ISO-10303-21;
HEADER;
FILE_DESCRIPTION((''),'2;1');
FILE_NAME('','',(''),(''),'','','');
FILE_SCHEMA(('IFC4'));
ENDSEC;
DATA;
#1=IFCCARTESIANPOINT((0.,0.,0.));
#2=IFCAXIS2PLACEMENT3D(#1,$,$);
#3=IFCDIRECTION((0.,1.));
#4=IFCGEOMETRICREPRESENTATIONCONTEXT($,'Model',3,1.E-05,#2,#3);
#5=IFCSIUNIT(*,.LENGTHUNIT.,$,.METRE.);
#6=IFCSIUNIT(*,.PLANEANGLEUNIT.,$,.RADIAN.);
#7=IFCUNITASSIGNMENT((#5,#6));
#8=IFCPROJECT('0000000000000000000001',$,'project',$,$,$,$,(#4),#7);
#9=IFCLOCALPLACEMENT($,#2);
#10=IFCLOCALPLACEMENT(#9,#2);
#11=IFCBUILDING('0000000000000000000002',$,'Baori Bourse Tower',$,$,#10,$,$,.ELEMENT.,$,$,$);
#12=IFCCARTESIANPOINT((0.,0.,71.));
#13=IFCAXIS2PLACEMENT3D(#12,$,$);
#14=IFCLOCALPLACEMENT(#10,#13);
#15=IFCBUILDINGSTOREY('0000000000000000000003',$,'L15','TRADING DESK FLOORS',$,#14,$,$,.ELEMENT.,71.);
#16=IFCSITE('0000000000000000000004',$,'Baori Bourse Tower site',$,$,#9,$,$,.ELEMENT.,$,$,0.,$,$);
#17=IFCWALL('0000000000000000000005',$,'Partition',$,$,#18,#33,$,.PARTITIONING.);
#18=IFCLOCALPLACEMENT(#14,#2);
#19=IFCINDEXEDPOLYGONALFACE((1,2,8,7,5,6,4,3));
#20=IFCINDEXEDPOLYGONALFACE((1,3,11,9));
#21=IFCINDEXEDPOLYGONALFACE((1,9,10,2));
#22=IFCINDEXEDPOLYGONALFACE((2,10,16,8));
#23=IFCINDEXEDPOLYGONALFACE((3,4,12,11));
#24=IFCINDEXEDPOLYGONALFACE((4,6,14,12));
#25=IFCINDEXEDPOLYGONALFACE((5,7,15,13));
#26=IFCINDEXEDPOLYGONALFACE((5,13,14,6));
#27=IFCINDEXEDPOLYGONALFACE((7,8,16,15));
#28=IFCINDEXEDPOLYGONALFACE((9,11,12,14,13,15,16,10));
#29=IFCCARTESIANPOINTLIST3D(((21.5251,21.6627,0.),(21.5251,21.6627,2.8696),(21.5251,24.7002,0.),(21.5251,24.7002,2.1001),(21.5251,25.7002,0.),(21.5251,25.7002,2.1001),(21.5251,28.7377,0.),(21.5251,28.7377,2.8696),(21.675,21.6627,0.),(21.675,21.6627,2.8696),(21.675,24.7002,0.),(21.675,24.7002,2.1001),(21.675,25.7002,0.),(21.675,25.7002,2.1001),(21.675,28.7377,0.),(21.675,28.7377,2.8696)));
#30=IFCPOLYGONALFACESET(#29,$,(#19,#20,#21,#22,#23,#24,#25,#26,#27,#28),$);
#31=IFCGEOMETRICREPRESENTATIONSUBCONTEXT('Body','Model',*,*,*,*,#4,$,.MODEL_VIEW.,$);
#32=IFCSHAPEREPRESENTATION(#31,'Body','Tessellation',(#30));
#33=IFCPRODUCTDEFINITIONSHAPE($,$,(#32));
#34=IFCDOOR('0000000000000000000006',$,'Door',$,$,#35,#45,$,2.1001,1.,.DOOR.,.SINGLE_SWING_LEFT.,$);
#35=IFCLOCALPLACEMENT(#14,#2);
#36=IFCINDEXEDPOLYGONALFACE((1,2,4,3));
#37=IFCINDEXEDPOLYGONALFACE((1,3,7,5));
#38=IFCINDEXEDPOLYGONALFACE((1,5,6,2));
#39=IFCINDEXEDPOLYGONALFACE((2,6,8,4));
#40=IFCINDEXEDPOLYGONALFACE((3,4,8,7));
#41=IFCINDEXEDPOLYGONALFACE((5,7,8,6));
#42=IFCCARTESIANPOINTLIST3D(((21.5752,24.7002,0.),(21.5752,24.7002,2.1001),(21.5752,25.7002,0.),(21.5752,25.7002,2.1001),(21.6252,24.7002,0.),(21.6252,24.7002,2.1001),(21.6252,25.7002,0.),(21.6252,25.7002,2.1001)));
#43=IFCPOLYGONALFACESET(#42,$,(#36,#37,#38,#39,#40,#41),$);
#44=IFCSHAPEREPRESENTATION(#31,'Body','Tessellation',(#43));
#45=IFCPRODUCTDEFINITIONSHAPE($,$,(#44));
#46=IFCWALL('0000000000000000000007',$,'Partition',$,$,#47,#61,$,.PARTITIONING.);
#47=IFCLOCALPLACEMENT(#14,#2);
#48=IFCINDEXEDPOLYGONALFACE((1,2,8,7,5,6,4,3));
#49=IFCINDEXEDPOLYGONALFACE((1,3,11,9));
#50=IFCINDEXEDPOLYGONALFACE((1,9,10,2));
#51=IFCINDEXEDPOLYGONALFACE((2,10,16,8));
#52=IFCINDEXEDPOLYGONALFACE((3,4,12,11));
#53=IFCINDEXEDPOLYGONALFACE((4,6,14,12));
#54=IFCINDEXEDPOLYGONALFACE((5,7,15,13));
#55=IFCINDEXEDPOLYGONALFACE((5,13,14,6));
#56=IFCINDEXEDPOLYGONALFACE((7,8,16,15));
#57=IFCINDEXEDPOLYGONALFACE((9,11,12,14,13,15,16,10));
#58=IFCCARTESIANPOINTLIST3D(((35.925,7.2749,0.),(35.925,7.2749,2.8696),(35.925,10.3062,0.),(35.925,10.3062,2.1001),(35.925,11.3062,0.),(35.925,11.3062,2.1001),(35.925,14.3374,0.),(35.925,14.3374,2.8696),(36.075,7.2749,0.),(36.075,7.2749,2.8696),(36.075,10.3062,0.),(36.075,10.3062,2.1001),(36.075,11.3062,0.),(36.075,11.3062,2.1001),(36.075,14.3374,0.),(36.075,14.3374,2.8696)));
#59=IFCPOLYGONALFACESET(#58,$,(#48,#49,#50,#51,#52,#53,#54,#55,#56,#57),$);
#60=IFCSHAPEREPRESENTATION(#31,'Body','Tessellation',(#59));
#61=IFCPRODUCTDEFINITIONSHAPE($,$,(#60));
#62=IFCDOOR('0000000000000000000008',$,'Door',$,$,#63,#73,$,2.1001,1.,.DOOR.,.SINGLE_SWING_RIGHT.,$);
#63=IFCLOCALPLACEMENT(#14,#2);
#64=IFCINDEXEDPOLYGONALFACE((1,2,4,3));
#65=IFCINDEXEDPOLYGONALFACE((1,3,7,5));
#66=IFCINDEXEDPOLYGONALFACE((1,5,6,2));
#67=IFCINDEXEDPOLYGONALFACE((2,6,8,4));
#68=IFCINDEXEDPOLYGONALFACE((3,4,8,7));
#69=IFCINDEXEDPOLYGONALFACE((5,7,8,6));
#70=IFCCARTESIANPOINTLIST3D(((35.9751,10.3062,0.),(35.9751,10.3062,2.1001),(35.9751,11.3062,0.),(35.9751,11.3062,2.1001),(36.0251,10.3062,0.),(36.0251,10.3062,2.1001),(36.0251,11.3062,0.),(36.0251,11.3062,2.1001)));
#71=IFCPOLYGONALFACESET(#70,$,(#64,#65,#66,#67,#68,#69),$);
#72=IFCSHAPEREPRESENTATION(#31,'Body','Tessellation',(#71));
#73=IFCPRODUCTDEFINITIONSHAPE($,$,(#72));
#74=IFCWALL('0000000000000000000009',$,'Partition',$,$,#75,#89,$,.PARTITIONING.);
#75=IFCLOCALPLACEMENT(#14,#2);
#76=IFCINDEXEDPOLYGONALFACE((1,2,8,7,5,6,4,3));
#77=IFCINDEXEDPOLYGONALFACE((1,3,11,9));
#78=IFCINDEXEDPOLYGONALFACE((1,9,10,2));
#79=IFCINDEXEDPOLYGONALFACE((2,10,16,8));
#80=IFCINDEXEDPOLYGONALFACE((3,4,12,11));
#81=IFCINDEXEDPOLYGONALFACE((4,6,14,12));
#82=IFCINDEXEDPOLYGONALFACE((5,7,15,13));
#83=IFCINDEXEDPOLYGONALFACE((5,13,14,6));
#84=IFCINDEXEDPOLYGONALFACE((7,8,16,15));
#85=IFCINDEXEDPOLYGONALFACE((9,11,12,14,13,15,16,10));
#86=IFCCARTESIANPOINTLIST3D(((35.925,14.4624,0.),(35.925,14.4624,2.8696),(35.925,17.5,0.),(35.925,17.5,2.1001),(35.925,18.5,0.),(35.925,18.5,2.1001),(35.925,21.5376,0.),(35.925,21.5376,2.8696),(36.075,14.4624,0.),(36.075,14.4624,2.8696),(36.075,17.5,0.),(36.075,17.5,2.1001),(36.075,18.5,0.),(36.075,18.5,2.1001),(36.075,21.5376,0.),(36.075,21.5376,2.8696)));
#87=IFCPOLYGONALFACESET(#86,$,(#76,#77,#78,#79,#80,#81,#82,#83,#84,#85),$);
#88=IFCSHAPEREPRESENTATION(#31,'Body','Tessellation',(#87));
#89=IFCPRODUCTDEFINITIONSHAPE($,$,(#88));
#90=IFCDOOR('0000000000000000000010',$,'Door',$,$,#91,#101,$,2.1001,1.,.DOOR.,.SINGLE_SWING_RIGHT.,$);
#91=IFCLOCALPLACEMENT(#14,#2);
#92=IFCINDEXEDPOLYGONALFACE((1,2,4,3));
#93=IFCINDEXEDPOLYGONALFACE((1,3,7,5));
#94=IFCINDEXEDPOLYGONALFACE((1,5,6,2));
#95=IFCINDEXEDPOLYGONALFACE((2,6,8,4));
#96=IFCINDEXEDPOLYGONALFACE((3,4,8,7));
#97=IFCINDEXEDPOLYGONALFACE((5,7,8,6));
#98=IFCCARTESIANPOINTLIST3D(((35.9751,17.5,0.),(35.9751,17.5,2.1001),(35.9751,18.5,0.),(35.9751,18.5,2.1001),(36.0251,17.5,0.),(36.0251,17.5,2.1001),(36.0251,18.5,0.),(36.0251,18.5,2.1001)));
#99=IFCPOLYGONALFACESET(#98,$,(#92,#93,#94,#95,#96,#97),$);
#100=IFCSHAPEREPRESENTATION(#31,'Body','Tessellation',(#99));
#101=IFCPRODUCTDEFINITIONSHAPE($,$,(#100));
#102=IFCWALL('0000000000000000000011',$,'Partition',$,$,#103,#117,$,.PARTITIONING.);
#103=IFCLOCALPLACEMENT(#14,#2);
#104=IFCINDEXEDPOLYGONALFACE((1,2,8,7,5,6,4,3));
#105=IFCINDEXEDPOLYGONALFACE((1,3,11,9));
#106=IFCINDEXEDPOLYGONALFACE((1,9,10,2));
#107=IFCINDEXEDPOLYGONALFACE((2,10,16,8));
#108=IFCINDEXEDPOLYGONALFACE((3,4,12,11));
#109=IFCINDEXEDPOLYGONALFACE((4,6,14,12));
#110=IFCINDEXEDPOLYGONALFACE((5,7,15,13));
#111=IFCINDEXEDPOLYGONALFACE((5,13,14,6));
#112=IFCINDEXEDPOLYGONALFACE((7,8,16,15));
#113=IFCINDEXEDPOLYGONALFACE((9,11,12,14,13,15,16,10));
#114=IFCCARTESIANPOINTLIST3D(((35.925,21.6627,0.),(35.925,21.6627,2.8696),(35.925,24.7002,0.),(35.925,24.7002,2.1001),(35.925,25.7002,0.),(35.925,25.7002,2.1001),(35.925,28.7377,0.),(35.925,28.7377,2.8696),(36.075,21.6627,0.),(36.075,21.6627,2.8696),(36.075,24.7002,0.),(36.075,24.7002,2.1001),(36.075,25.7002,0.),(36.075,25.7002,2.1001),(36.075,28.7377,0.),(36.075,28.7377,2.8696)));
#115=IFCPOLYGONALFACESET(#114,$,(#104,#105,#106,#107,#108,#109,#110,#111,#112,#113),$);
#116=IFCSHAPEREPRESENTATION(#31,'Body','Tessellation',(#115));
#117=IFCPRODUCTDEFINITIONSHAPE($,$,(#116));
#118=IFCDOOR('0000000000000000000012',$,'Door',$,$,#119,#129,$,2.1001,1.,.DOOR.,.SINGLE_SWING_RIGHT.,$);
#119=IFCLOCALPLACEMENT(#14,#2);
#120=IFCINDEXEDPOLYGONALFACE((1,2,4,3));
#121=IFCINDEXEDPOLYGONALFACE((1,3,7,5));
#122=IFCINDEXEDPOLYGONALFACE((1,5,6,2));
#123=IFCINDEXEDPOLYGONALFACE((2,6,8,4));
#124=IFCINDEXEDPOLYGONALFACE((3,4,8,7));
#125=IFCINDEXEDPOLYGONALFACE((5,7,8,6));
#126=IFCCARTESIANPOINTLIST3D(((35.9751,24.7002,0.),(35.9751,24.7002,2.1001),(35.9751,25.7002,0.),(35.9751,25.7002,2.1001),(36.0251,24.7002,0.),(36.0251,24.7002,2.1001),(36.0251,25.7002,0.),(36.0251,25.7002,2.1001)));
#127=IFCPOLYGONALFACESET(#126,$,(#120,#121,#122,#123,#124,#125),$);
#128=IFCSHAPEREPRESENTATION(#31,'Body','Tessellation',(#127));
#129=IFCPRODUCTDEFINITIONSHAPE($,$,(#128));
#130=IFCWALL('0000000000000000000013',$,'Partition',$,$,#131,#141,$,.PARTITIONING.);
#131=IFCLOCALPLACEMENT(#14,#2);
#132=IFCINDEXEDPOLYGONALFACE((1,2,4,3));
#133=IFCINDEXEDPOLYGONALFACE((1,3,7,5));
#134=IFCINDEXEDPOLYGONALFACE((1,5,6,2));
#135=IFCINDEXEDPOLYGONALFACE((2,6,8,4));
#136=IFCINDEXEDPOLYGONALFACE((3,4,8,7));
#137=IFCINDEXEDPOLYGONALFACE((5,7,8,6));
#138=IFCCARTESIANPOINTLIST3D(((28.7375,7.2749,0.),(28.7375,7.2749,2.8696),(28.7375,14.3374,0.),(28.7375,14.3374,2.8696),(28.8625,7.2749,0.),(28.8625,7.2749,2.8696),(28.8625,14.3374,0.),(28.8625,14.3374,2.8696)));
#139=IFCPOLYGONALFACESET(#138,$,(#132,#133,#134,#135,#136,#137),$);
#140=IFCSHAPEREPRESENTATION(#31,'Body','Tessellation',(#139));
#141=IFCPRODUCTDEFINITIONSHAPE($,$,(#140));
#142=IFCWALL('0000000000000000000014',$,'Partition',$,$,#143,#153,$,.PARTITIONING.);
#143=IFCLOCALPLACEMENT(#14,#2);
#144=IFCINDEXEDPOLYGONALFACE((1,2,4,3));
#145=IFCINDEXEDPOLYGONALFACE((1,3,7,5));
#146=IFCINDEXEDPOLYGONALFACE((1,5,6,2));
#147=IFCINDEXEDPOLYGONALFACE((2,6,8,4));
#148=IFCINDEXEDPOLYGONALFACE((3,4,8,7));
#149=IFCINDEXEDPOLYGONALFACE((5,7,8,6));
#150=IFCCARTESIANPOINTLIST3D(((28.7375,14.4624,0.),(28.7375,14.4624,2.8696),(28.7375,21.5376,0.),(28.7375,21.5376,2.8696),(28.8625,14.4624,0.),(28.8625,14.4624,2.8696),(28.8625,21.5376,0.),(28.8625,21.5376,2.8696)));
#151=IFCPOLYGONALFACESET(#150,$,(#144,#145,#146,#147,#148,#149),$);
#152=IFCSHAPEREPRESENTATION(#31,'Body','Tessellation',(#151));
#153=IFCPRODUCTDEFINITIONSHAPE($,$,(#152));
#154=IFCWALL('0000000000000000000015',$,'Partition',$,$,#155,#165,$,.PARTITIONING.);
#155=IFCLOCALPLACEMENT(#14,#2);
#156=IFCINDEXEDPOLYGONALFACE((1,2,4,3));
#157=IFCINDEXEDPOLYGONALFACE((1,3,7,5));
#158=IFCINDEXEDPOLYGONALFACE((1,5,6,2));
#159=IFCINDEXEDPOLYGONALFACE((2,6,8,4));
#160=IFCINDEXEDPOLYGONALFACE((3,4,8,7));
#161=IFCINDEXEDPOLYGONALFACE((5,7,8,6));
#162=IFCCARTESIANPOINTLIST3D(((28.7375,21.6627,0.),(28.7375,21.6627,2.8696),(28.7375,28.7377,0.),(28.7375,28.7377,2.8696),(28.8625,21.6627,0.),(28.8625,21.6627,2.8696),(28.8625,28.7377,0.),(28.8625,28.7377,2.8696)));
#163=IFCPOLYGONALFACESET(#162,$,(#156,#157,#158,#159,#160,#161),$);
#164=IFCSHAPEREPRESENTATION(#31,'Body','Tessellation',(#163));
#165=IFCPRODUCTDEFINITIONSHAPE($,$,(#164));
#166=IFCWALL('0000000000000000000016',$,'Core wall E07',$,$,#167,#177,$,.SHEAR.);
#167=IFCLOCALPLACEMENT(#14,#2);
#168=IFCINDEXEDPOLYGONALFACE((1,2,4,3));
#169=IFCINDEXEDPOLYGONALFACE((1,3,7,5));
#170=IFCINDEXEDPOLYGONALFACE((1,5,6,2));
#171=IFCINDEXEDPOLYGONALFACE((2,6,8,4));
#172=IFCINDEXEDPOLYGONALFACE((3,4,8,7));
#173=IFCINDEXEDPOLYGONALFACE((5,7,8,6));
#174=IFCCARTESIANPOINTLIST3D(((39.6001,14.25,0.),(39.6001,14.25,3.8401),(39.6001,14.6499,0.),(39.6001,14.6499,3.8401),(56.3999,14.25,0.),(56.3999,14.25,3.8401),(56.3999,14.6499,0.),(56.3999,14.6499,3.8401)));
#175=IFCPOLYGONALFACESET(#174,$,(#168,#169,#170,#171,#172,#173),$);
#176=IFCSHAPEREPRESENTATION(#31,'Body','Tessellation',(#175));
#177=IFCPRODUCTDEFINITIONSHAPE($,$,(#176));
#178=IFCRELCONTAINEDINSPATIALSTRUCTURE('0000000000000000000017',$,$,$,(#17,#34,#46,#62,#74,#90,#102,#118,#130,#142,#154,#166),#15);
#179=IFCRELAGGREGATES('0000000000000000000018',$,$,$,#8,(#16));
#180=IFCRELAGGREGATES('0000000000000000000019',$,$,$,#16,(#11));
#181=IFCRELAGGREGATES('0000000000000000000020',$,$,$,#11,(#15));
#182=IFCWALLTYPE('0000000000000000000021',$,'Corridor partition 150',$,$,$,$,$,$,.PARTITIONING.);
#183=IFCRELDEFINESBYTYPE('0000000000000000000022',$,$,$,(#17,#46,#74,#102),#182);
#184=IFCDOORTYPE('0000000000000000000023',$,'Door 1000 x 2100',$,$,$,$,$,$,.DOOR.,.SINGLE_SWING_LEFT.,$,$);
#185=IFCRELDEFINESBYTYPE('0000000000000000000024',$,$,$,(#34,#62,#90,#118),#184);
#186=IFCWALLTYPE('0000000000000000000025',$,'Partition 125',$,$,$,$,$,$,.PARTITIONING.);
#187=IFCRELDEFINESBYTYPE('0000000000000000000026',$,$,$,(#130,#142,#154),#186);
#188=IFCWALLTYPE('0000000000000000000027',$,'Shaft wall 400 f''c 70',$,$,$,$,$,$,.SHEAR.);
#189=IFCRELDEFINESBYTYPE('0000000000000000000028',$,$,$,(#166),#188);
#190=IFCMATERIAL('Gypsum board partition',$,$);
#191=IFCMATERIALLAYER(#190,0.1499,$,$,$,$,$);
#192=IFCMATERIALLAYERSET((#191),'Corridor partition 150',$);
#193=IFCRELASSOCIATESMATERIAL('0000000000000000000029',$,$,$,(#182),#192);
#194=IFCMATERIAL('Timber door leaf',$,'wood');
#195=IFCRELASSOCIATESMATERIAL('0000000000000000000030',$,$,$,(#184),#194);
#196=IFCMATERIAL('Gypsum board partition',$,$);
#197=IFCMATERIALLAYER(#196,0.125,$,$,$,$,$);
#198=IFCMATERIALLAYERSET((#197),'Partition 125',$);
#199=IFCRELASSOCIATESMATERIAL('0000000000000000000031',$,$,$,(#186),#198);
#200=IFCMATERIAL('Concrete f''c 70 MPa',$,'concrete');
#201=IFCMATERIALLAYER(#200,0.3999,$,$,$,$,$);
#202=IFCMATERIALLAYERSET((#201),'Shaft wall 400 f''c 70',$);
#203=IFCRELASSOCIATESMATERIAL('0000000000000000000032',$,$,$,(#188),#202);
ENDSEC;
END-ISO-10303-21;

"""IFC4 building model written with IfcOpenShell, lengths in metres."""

from ifc_helpers import new_model, si_unit, direction, frame, frame_2d, origin, place, context, subcontext, project, spatial, rectangle, extrude, material, layer, layer_set, type_object, element, fill, save


model = new_model("IFC4")

# Units and contexts
model_context = context("Model", 3, precision=1e-05, world=origin(), true_north=direction((0.0, 1.0)))
body_context = subcontext(model_context, "Body", "Model", "MODEL_VIEW")
ifc_project = project(units=[si_unit("LENGTHUNIT", "METRE"), si_unit("PLANEANGLEUNIT", "RADIAN")], contexts=[model_context])

# Site, building, storey
site_placement = place(None, origin())
site = spatial("IfcSite", under=ifc_project, at=site_placement, Name="Baori Bourse Tower site", CompositionType="ELEMENT", RefElevation=0.0)
building_placement = place(site_placement, origin())
building = spatial("IfcBuilding", under=site, at=building_placement, Name="Baori Bourse Tower", CompositionType="ELEMENT")
storey_placement = place(building_placement, frame((0.0, 0.0, 71.0)))
storey = spatial("IfcBuildingStorey", under=building, at=storey_placement, Name="L15", Description="TRADING DESK FLOORS", CompositionType="ELEMENT", Elevation=71.0)

# Walls, openings, doors
ifc_material_1 = material(Name="Gypsum board partition")
ifc_layer_1 = layer(ifc_material_1, 0.1499)
ifc_layer_set_1 = layer_set([ifc_layer_1], Name="Corridor partition 150")
wall_type_1 = type_object("IfcWallType", Name="Corridor partition 150", PredefinedType="PARTITIONING", material=ifc_layer_set_1)
ifc_material_2 = material(Name="Timber door leaf", Category="wood")
door_type_1 = type_object("IfcDoorType", Name="Door 1000 x 2100", OperationType="SINGLE_SWING_LEFT", PredefinedType="DOOR", material=ifc_material_2)
wall_1_placement = place(storey_placement, frame((21.6001, 21.6626, 0.0), z_axis=(0.0, 0.0, 1.0), x_axis=(0.0, 1.0, 0.0)))
wall_1 = element("IfcWall", 1, at=wall_1_placement, inside=storey, type_object=wall_type_1, Name="Partition", PredefinedType="PARTITIONING", context=body_context, shape_type="SweptSolid", body=[
    extrude(rectangle(XDim=7.075, YDim=0.1499, at=frame_2d((3.5376, 0.0))), origin(), (0.0, 0.0, 1.0), 2.8696),
])
opening_1_placement = place(wall_1_placement, frame((3.0376, 0.0, 0.0)))
opening_1 = element("IfcOpeningElement", 2, at=opening_1_placement, cuts=wall_1, PredefinedType="OPENING", context=body_context, shape_type="SweptSolid", body=[
    extrude(rectangle(XDim=1.0, YDim=2.1001, at=frame_2d((0.5, 1.05))), frame((0.0, 0.085, 0.0), z_axis=(0.0, -1.0, 0.0), x_axis=(1.0, 0.0, 0.0)), (0.0, 0.0, 1.0), 0.1699),
])
door_1_placement = place(opening_1_placement, origin())
door_1 = element("IfcDoor", 3, at=door_1_placement, inside=storey, type_object=door_type_1, Name="Door", OperationType="SINGLE_SWING_LEFT", OverallHeight=2.1001, OverallWidth=1.0, PredefinedType="DOOR", context=body_context, shape_type="SweptSolid", body=[
    extrude(rectangle(XDim=1.0, YDim=2.1001, at=frame_2d((0.5, 1.05))), frame((0.0, 0.0249, 0.0), z_axis=(0.0, -1.0, 0.0), x_axis=(1.0, 0.0, 0.0)), (0.0, 0.0, 1.0), 0.05),
])
fill(opening_1, door_1)
wall_2_placement = place(storey_placement, frame((36.0, 7.2749, 0.0), z_axis=(0.0, 0.0, 1.0), x_axis=(0.0, 1.0, 0.0)))
wall_2 = element("IfcWall", 4, at=wall_2_placement, inside=storey, type_object=wall_type_1, Name="Partition", PredefinedType="PARTITIONING", context=body_context, shape_type="SweptSolid", body=[
    extrude(rectangle(XDim=7.0625, YDim=0.1499, at=frame_2d((3.5312, 0.0))), origin(), (0.0, 0.0, 1.0), 2.8696),
])
opening_2_placement = place(wall_2_placement, frame((3.0312, 0.0, 0.0)))
opening_2 = element("IfcOpeningElement", 5, at=opening_2_placement, cuts=wall_2, PredefinedType="OPENING", context=body_context, shape_type="SweptSolid", body=[
    extrude(rectangle(XDim=1.0, YDim=2.1001, at=frame_2d((0.5, 1.05))), frame((0.0, 0.085, 0.0), z_axis=(0.0, -1.0, 0.0), x_axis=(1.0, 0.0, 0.0)), (0.0, 0.0, 1.0), 0.1699),
])
door_2_placement = place(opening_2_placement, origin())
door_2 = element("IfcDoor", 6, at=door_2_placement, inside=storey, type_object=door_type_1, Name="Door", OperationType="SINGLE_SWING_RIGHT", OverallHeight=2.1001, OverallWidth=1.0, PredefinedType="DOOR", context=body_context, shape_type="SweptSolid", body=[
    extrude(rectangle(XDim=1.0, YDim=2.1001, at=frame_2d((0.5, 1.05))), frame((0.0, 0.0249, 0.0), z_axis=(0.0, -1.0, 0.0), x_axis=(1.0, 0.0, 0.0)), (0.0, 0.0, 1.0), 0.05),
])
fill(opening_2, door_2)
wall_3_placement = place(storey_placement, frame((36.0, 14.4624, 0.0), z_axis=(0.0, 0.0, 1.0), x_axis=(0.0, 1.0, 0.0)))
wall_3 = element("IfcWall", 7, at=wall_3_placement, inside=storey, type_object=wall_type_1, Name="Partition", PredefinedType="PARTITIONING", context=body_context, shape_type="SweptSolid", body=[
    extrude(rectangle(XDim=7.0752, YDim=0.1499, at=frame_2d((3.5376, 0.0))), origin(), (0.0, 0.0, 1.0), 2.8696),
])
opening_3_placement = place(wall_3_placement, frame((3.0376, 0.0, 0.0)))
opening_3 = element("IfcOpeningElement", 8, at=opening_3_placement, cuts=wall_3, PredefinedType="OPENING", context=body_context, shape_type="SweptSolid", body=[
    extrude(rectangle(XDim=1.0, YDim=2.1001, at=frame_2d((0.5, 1.05))), frame((0.0, 0.085, 0.0), z_axis=(0.0, -1.0, 0.0), x_axis=(1.0, 0.0, 0.0)), (0.0, 0.0, 1.0), 0.1699),
])
door_3_placement = place(opening_3_placement, origin())
door_3 = element("IfcDoor", 9, at=door_3_placement, inside=storey, type_object=door_type_1, Name="Door", OperationType="SINGLE_SWING_RIGHT", OverallHeight=2.1001, OverallWidth=1.0, PredefinedType="DOOR", context=body_context, shape_type="SweptSolid", body=[
    extrude(rectangle(XDim=1.0, YDim=2.1001, at=frame_2d((0.5, 1.05))), frame((0.0, 0.0249, 0.0), z_axis=(0.0, -1.0, 0.0), x_axis=(1.0, 0.0, 0.0)), (0.0, 0.0, 1.0), 0.05),
])
fill(opening_3, door_3)
wall_4_placement = place(storey_placement, frame((36.0, 21.6626, 0.0), z_axis=(0.0, 0.0, 1.0), x_axis=(0.0, 1.0, 0.0)))
wall_4 = element("IfcWall", 10, at=wall_4_placement, inside=storey, type_object=wall_type_1, Name="Partition", PredefinedType="PARTITIONING", context=body_context, shape_type="SweptSolid", body=[
    extrude(rectangle(XDim=7.075, YDim=0.1499, at=frame_2d((3.5376, 0.0))), origin(), (0.0, 0.0, 1.0), 2.8696),
])
opening_4_placement = place(wall_4_placement, frame((3.0376, 0.0, 0.0)))
opening_4 = element("IfcOpeningElement", 11, at=opening_4_placement, cuts=wall_4, PredefinedType="OPENING", context=body_context, shape_type="SweptSolid", body=[
    extrude(rectangle(XDim=1.0, YDim=2.1001, at=frame_2d((0.5, 1.05))), frame((0.0, 0.085, 0.0), z_axis=(0.0, -1.0, 0.0), x_axis=(1.0, 0.0, 0.0)), (0.0, 0.0, 1.0), 0.1699),
])
door_4_placement = place(opening_4_placement, origin())
door_4 = element("IfcDoor", 12, at=door_4_placement, inside=storey, type_object=door_type_1, Name="Door", OperationType="SINGLE_SWING_RIGHT", OverallHeight=2.1001, OverallWidth=1.0, PredefinedType="DOOR", context=body_context, shape_type="SweptSolid", body=[
    extrude(rectangle(XDim=1.0, YDim=2.1001, at=frame_2d((0.5, 1.05))), frame((0.0, 0.0249, 0.0), z_axis=(0.0, -1.0, 0.0), x_axis=(1.0, 0.0, 0.0)), (0.0, 0.0, 1.0), 0.05),
])
fill(opening_4, door_4)

# Walls
ifc_material_3 = material(Name="Gypsum board partition")
ifc_layer_2 = layer(ifc_material_3, 0.125)
ifc_layer_set_2 = layer_set([ifc_layer_2], Name="Partition 125")
wall_type_2 = type_object("IfcWallType", Name="Partition 125", PredefinedType="PARTITIONING", material=ifc_layer_set_2)
wall_5_placement = place(storey_placement, frame((28.8, 7.2749, 0.0), z_axis=(0.0, 0.0, 1.0), x_axis=(0.0, 1.0, 0.0)))
element("IfcWall", 13, at=wall_5_placement, inside=storey, type_object=wall_type_2, Name="Partition", PredefinedType="PARTITIONING", context=body_context, shape_type="SweptSolid", body=[
    extrude(rectangle(XDim=7.0625, YDim=0.125, at=frame_2d((3.5312, 0.0))), origin(), (0.0, 0.0, 1.0), 2.8696),
])
wall_6_placement = place(storey_placement, frame((28.8, 14.4624, 0.0), z_axis=(0.0, 0.0, 1.0), x_axis=(0.0, 1.0, 0.0)))
element("IfcWall", 14, at=wall_6_placement, inside=storey, type_object=wall_type_2, Name="Partition", PredefinedType="PARTITIONING", context=body_context, shape_type="SweptSolid", body=[
    extrude(rectangle(XDim=7.0752, YDim=0.125, at=frame_2d((3.5376, 0.0))), origin(), (0.0, 0.0, 1.0), 2.8696),
])
wall_7_placement = place(storey_placement, frame((28.8, 21.6626, 0.0), z_axis=(0.0, 0.0, 1.0), x_axis=(0.0, 1.0, 0.0)))
element("IfcWall", 15, at=wall_7_placement, inside=storey, type_object=wall_type_2, Name="Partition", PredefinedType="PARTITIONING", context=body_context, shape_type="SweptSolid", body=[
    extrude(rectangle(XDim=7.075, YDim=0.125, at=frame_2d((3.5376, 0.0))), origin(), (0.0, 0.0, 1.0), 2.8696),
])
ifc_material_4 = material(Name="Concrete f'c 70 MPa", Category="concrete")
ifc_layer_3 = layer(ifc_material_4, 0.3999)
ifc_layer_set_3 = layer_set([ifc_layer_3], Name="Shaft wall 400 f'c 70")
wall_type_3 = type_object("IfcWallType", Name="Shaft wall 400 f'c 70", PredefinedType="SHEAR", material=ifc_layer_set_3)
wall_8_placement = place(storey_placement, frame((39.6001, 14.45, 0.0), z_axis=(0.0, 0.0, 1.0), x_axis=(1.0, 0.0, 0.0)))
element("IfcWall", 16, at=wall_8_placement, inside=storey, type_object=wall_type_3, Name="Core wall E07", PredefinedType="SHEAR", context=body_context, shape_type="SweptSolid", body=[
    extrude(rectangle(XDim=16.7998, YDim=0.3999, at=frame_2d((8.3999, 0.0))), origin(), (0.0, 0.0, 1.0), 3.8401),
])

save(model, "model.ifc")
